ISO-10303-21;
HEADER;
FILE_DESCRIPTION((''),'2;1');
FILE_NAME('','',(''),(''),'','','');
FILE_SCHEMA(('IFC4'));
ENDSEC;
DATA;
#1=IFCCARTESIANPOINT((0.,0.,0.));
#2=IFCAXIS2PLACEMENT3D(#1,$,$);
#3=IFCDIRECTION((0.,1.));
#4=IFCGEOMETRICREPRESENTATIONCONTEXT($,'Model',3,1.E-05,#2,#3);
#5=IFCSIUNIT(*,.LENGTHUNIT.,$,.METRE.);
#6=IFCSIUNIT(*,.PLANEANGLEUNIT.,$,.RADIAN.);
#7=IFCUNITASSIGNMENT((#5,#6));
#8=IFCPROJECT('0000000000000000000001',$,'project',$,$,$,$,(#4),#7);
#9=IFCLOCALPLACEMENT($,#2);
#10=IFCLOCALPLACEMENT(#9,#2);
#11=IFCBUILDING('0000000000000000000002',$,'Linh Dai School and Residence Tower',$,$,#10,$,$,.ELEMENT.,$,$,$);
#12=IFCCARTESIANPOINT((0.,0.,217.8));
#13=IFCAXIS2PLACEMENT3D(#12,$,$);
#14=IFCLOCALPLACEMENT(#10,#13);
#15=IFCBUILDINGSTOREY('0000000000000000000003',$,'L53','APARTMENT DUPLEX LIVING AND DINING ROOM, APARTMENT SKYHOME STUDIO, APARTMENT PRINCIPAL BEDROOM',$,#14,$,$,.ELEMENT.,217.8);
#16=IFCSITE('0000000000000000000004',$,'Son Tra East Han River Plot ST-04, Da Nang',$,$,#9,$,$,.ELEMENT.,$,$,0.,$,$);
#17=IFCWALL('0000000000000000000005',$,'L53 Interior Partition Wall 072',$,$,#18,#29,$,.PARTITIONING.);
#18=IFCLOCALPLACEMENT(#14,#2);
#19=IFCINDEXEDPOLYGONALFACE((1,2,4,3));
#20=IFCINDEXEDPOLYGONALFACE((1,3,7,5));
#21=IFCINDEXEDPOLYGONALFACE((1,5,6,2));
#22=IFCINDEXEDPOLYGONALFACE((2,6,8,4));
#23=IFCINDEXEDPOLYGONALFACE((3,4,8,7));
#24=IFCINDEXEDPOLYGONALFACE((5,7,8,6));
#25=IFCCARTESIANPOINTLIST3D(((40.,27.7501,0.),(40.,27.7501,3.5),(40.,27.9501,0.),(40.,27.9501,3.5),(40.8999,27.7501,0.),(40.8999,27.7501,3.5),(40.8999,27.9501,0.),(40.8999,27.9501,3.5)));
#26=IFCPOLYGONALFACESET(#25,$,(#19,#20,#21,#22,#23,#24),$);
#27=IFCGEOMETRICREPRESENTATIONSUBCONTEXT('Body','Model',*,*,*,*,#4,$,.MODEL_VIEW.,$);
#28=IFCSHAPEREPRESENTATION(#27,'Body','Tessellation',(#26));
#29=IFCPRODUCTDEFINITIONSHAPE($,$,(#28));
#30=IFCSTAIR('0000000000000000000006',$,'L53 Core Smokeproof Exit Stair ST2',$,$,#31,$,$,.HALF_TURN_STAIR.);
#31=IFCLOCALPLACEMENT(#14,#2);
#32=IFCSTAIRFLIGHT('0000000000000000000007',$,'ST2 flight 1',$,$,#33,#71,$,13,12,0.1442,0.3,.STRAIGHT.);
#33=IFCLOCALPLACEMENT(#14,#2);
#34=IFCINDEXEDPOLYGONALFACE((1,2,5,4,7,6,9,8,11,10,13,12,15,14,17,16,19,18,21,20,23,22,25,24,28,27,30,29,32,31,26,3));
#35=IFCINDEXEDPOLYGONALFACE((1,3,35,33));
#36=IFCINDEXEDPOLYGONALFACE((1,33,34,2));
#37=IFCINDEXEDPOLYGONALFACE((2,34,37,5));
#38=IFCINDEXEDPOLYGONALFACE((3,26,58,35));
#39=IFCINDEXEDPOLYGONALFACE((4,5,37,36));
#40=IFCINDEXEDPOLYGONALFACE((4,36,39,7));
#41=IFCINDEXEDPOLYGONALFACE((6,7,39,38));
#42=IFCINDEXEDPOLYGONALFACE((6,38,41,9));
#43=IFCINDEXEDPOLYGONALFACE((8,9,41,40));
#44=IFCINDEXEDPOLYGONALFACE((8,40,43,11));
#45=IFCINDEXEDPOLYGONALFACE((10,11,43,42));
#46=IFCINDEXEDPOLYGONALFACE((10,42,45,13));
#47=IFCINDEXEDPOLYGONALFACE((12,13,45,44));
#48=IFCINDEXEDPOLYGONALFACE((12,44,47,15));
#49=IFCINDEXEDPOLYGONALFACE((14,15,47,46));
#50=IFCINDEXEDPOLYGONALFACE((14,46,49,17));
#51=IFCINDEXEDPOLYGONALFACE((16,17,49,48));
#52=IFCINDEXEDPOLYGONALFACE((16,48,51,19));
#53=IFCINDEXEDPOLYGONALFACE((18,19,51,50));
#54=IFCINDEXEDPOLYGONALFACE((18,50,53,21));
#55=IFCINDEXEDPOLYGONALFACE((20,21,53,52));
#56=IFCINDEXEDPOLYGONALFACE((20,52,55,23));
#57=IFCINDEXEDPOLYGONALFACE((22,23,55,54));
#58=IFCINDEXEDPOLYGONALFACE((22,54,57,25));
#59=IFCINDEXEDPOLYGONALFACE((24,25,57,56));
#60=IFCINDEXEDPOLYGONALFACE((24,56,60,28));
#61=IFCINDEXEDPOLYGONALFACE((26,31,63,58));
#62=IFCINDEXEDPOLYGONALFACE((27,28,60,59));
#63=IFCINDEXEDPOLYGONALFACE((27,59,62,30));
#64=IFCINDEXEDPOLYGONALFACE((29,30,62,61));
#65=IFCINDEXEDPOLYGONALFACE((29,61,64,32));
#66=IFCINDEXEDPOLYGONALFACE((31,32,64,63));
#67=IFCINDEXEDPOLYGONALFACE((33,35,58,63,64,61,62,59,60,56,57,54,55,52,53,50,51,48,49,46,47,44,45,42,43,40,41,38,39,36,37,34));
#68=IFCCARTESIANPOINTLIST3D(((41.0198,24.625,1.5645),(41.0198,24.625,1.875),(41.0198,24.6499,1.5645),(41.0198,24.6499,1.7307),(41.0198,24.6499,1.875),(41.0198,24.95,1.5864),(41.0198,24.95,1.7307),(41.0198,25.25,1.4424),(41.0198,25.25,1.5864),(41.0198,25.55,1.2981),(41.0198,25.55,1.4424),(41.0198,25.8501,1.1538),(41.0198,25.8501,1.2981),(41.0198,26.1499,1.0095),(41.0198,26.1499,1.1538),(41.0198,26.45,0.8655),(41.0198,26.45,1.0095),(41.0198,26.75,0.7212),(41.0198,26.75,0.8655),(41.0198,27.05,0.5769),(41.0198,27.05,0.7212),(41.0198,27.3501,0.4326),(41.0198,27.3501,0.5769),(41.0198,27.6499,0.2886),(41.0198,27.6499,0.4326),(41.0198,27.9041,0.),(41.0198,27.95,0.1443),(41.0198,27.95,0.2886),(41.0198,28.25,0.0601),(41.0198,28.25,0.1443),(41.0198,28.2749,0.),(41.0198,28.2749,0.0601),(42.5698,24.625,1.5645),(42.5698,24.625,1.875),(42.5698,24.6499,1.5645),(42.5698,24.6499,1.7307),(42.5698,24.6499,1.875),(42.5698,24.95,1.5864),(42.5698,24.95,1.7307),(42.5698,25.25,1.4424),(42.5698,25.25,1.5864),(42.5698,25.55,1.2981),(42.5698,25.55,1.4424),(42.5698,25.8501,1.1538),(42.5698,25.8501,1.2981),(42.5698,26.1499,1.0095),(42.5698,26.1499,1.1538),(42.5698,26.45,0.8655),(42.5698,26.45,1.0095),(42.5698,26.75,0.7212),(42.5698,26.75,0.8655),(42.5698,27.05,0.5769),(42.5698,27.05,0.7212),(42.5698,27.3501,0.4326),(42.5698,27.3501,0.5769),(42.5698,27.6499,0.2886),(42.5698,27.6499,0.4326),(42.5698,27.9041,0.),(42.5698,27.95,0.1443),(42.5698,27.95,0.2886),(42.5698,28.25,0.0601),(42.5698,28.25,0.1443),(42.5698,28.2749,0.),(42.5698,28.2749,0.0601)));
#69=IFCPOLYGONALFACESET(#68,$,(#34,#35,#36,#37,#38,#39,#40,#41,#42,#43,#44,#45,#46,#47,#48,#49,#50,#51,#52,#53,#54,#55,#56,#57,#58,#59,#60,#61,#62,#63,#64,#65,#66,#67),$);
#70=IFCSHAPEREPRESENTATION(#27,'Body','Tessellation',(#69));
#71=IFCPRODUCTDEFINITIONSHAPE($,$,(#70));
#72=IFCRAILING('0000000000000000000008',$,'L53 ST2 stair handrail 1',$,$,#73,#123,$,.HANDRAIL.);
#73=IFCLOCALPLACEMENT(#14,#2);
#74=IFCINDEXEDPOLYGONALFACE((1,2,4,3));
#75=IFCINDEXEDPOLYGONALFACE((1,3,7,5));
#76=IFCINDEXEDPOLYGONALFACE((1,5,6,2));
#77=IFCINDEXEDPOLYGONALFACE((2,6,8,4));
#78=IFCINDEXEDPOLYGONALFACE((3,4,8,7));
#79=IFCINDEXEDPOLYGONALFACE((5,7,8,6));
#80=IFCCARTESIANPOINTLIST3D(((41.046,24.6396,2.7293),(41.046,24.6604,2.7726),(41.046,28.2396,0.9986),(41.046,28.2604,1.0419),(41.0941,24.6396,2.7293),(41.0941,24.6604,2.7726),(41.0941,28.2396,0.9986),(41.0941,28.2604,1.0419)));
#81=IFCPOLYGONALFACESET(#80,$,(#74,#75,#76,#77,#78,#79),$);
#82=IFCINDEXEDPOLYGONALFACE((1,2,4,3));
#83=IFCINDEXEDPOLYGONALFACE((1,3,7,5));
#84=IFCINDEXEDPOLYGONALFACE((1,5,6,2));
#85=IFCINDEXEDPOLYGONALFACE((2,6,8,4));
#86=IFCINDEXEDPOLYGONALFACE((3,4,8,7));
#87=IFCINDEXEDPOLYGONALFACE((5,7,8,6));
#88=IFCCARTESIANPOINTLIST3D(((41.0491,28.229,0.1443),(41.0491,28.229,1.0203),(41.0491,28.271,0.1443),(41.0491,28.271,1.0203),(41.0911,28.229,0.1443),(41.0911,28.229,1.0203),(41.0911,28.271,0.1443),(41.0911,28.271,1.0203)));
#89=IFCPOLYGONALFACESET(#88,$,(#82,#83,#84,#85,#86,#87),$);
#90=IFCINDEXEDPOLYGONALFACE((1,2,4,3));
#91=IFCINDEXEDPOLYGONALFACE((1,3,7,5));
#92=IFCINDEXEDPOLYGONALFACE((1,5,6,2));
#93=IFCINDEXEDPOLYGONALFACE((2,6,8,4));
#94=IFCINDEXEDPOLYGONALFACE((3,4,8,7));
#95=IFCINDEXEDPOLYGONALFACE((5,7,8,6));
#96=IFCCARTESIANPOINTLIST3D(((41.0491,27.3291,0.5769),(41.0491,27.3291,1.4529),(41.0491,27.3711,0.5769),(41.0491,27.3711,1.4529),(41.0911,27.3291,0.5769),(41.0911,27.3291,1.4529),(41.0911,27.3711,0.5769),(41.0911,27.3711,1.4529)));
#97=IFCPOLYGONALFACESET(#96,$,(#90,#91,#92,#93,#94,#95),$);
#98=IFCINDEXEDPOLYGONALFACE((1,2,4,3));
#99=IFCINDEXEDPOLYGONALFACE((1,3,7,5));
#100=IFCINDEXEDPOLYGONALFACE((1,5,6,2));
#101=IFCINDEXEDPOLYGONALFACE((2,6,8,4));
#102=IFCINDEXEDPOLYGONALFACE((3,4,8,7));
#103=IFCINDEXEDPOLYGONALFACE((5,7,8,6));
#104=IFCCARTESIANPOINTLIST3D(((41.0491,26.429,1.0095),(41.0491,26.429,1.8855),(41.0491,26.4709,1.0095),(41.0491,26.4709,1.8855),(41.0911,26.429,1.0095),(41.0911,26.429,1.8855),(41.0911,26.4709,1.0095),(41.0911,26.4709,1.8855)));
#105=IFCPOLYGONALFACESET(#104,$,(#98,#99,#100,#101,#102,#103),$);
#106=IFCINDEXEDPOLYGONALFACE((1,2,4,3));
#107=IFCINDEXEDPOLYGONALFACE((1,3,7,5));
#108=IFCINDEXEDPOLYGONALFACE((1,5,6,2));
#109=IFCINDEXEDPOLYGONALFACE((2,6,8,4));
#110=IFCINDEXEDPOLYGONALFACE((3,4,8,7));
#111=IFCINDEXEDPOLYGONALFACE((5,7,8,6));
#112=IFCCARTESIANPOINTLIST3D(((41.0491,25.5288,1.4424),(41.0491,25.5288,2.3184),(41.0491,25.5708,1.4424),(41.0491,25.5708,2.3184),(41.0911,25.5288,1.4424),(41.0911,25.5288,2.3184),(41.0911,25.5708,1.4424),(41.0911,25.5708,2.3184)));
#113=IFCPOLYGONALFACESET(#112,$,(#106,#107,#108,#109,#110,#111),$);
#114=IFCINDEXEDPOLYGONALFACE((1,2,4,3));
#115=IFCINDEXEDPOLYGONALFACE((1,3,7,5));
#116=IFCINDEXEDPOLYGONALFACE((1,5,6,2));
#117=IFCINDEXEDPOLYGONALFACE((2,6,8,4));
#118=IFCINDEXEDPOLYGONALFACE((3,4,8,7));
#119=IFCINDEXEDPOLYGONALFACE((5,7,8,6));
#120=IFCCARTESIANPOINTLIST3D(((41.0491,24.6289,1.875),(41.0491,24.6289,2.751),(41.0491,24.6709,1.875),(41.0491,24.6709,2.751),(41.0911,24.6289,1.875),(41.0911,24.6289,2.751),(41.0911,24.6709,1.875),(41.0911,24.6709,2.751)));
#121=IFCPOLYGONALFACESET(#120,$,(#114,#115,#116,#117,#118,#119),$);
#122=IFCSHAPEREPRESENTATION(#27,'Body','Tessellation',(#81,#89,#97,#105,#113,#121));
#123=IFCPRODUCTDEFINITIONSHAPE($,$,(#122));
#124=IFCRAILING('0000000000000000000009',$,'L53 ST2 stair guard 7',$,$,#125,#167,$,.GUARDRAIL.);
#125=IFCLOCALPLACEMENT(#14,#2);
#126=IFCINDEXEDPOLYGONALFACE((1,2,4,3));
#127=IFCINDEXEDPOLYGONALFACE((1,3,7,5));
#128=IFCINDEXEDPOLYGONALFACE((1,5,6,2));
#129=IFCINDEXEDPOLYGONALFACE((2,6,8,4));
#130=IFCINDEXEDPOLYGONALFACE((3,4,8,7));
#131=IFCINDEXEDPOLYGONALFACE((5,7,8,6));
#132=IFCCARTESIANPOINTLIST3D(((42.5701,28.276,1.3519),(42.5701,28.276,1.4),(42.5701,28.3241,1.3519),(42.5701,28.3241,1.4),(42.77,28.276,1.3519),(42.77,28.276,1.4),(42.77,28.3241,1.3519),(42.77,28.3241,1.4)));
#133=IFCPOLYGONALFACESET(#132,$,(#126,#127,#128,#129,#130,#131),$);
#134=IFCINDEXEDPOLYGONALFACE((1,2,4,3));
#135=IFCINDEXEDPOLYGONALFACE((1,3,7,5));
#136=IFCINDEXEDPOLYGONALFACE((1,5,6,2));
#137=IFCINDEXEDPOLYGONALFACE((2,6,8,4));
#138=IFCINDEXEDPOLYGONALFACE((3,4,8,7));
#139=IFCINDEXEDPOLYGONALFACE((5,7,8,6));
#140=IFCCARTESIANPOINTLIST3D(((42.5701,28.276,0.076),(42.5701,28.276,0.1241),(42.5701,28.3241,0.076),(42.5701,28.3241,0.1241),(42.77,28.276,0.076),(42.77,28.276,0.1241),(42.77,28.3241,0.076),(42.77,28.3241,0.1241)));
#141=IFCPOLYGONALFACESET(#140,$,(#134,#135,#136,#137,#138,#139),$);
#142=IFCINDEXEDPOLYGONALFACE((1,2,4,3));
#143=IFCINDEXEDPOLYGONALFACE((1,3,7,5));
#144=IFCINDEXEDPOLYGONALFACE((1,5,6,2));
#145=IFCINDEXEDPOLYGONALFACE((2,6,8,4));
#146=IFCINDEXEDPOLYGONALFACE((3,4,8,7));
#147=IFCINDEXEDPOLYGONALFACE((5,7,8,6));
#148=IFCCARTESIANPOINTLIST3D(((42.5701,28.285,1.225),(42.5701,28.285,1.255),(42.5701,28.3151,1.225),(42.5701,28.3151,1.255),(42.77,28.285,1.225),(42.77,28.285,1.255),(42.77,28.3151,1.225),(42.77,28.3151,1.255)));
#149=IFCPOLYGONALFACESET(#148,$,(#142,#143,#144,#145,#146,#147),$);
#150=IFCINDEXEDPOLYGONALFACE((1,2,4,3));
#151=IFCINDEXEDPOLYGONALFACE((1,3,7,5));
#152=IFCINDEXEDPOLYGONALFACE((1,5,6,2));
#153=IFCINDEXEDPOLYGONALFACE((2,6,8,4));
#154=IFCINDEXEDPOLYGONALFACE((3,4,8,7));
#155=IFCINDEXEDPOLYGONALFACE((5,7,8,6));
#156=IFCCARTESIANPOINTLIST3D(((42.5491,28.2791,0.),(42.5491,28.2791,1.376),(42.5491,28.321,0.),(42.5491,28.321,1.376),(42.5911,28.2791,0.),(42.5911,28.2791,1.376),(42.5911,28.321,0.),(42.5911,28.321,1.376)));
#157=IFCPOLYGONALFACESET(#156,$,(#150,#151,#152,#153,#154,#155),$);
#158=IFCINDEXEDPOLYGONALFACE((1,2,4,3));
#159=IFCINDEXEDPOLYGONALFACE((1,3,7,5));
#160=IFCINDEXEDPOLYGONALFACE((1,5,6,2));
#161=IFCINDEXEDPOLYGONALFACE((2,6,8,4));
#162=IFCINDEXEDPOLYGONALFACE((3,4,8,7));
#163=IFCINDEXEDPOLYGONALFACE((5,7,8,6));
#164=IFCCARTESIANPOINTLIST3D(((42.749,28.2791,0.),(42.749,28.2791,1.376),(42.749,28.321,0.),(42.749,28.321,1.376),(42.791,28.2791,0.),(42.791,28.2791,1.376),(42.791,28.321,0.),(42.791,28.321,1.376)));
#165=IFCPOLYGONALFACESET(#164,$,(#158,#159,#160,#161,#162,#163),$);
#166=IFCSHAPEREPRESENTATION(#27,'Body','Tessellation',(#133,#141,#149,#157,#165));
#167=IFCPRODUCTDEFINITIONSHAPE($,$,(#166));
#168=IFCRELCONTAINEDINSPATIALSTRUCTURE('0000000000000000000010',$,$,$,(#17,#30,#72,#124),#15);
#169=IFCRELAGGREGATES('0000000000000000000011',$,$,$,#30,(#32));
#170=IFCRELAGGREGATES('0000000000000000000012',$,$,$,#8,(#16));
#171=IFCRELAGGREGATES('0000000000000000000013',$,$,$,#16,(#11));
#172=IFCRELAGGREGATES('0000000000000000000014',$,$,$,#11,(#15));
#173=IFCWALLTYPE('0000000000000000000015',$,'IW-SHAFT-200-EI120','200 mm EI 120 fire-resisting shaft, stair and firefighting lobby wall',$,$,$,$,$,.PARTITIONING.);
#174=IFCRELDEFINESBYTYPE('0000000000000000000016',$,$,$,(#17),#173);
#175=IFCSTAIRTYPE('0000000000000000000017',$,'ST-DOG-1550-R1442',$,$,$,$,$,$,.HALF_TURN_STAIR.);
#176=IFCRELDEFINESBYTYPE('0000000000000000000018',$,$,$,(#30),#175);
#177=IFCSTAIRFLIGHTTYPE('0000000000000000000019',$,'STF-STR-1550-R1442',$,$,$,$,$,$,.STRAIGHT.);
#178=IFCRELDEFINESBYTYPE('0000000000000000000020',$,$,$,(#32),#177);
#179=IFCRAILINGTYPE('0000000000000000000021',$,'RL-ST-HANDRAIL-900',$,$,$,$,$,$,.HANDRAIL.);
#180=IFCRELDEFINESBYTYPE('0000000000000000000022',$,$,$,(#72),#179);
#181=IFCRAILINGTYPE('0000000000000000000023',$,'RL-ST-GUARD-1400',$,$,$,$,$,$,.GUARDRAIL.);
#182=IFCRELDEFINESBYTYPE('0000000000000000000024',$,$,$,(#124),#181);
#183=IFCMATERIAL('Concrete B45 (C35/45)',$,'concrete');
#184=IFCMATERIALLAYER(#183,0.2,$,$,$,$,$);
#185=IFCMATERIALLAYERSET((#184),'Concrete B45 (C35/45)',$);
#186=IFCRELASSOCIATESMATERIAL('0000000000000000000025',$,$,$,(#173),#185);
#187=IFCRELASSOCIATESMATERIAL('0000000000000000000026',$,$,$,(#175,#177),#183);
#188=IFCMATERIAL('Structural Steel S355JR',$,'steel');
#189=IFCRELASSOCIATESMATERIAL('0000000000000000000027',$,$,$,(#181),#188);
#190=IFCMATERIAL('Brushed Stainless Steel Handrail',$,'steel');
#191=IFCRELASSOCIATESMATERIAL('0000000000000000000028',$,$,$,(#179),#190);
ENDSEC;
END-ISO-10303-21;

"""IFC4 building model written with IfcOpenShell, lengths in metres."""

from ifc_helpers import new_model, si_unit, direction, frame, frame_2d, origin, origin_2d, place, context, subcontext, project, spatial, polyline, rectangle, outline, extrude, source, transform, mapped, material, layer, layer_set, type_object, element, aggregate, save


model = new_model("IFC4")

# Units and contexts
model_context = context("Model", 3, precision=1e-05, world=origin(), true_north=direction((0.0, 1.0)))
body_context = subcontext(model_context, "Body", "Model", "MODEL_VIEW")
ifc_project = project(units=[si_unit("LENGTHUNIT", "METRE"), si_unit("PLANEANGLEUNIT", "RADIAN")], contexts=[model_context])

# Site, building, storey
site_placement = place(None, origin())
site = spatial("IfcSite", under=ifc_project, at=site_placement, Name="Son Tra East Han River Plot ST-04, Da Nang", CompositionType="ELEMENT", RefElevation=0.0)
building_placement = place(site_placement, origin())
building = spatial("IfcBuilding", under=site, at=building_placement, Name="Linh Dai School and Residence Tower", CompositionType="ELEMENT")
storey_placement = place(building_placement, frame((0.0, 0.0, 217.8)))
storey = spatial("IfcBuildingStorey", under=building, at=storey_placement, Name="L53", Description="APARTMENT DUPLEX LIVING AND DINING ROOM, APARTMENT SKYHOME STUDIO, APARTMENT PRINCIPAL BEDROOM", CompositionType="ELEMENT", Elevation=217.8)

# Shared definitions
ifc_material_1 = material(Name="Structural Steel S355JR", Category="steel")

# Shared definitions
ifc_material_2 = material(Name="Concrete B45 (C35/45)", Category="concrete")
ifc_layer = layer(ifc_material_2, 0.2)
ifc_layer_set = layer_set([ifc_layer], Name="Concrete B45 (C35/45)")
wall_type = type_object("IfcWallType", Name="IW-SHAFT-200-EI120", Description="200 mm EI 120 fire-resisting shaft, stair and firefighting lobby wall", PredefinedType="PARTITIONING", material=ifc_layer_set)

# Wall
wall_1_placement = place(storey_placement, frame((40.0, 27.8501, 0.0), z_axis=(0.0, 0.0, 1.0), x_axis=(1.0, 0.0, 0.0)))
element("IfcWall", 1, at=wall_1_placement, inside=storey, type_object=wall_type, Name="L53 Interior Partition Wall 072", PredefinedType="PARTITIONING", context=body_context, shape_type="SweptSolid", body=[
    extrude(rectangle(XDim=0.8999, YDim=0.2, at=frame_2d((0.45, 0.0))), origin(), (0.0, 0.0, 1.0), 3.5),
])

# Stair, stair flight
stair_type = type_object("IfcStairType", Name="ST-DOG-1550-R1442", PredefinedType="HALF_TURN_STAIR", material=ifc_material_2)
stair_placement = place(storey_placement, origin())
stair = element("IfcStair", 2, at=stair_placement, inside=storey, type_object=stair_type, Name="L53 Core Smokeproof Exit Stair ST2", PredefinedType="HALF_TURN_STAIR")
stair_flight_type = type_object("IfcStairFlightType", Name="STF-STR-1550-R1442", PredefinedType="STRAIGHT", material=ifc_material_2)
shared_shape_1 = source(origin(), body_context, "Body", "SweptSolid", [
    extrude(outline(polyline([(-0.0249, 0.0), (-0.0249, 0.0601), (0.0, 0.0601), (0.0, 0.1443), (0.3, 0.1443), (0.3, 0.2886), (0.6001, 0.2886), (0.6001, 0.4326), (0.8999, 0.4326), (0.8999, 0.5769), (1.2, 0.5769), (1.2, 0.7212), (1.5, 0.7212), (1.5, 0.8655), (1.8, 0.8655), (1.8, 1.0095), (2.1001, 1.0095), (2.1001, 1.1538), (2.3999, 1.1538), (2.3999, 1.2981), (2.7, 1.2981), (2.7, 1.4424), (3.0, 1.4424), (3.0, 1.5864), (3.3, 1.5864), (3.3, 1.7307), (3.6001, 1.7307), (3.6001, 1.875), (3.625, 1.875), (3.625, 1.5645), (3.6001, 1.5645), (0.3459, 0.0), (-0.0249, 0.0)])), frame((0.0, 0.7749, 0.0), z_axis=(0.0, -1.0, 0.0), x_axis=(1.0, 0.0, 0.0)), (0.0, 0.0, 1.0), 1.55),
])
stair_flight_placement = place(storey_placement, frame((41.7949, 28.25, 0.0), z_axis=(0.0, 0.0, 1.0), x_axis=(0.0, -1.0, 0.0)))
stair_flight = element("IfcStairFlight", 3, at=stair_flight_placement, type_object=stair_flight_type, Name="ST2 flight 1", NumberOfRisers=13, NumberOfTreads=12, PredefinedType="STRAIGHT", RiserHeight=0.1442, TreadLength=0.3, context=body_context, shape_type="MappedRepresentation", body=[
    mapped(shared_shape_1, transform((0.0, 0.0, 0.0), x_axis=(1.0, 0.0, 0.0), y_axis=(0.0, 1.0, 0.0), z_axis=(0.0, 0.0, 1.0), scale=1.0)),
])
aggregate(stair, [stair_flight])

# Railings
railing_type_1 = type_object("IfcRailingType", Name="RL-ST-GUARD-1400", PredefinedType="GUARDRAIL", material=ifc_material_1)
ifc_material_3 = material(Name="Brushed Stainless Steel Handrail", Category="steel")
railing_type_2 = type_object("IfcRailingType", Name="RL-ST-HANDRAIL-900", PredefinedType="HANDRAIL", material=ifc_material_3)
shared_shape_2 = source(origin(), body_context, "Body", "SweptSolid", [
    extrude(rectangle(XDim=0.0481, YDim=0.0481, at=origin_2d()), frame((0.0, 0.0, 0.876), z_axis=(0.0, -0.901263, 0.433273), x_axis=(1.0, 0.0, 0.0)), (0.0, 0.0, 1.0), 3.9944),
    extrude(rectangle(XDim=0.042, YDim=0.042, at=origin_2d()), origin(), (0.0, 0.0, 1.0), 0.876),
    extrude(rectangle(XDim=0.042, YDim=0.042, at=origin_2d()), frame((0.0, -0.8999, 0.4326)), (0.0, 0.0, 1.0), 0.876),
    extrude(rectangle(XDim=0.042, YDim=0.042, at=origin_2d()), frame((0.0, -1.8, 0.8652)), (0.0, 0.0, 1.0), 0.876),
    extrude(rectangle(XDim=0.042, YDim=0.042, at=origin_2d()), frame((0.0, -2.7002, 1.2981)), (0.0, 0.0, 1.0), 0.876),
    extrude(rectangle(XDim=0.042, YDim=0.042, at=origin_2d()), frame((0.0, -3.6001, 1.7307)), (0.0, 0.0, 1.0), 0.876),
])
railing_1_placement = place(storey_placement, frame((41.0701, 28.25, 0.1443)))
element("IfcRailing", 4, at=railing_1_placement, inside=storey, type_object=railing_type_2, Name="L53 ST2 stair handrail 1", PredefinedType="HANDRAIL", context=body_context, shape_type="MappedRepresentation", body=[
    mapped(shared_shape_2, transform((0.0, 0.0, 0.0), x_axis=(1.0, 0.0, 0.0), y_axis=(0.0, 1.0, 0.0), z_axis=(0.0, 0.0, 1.0), scale=1.0)),
])
shared_shape_3 = source(origin(), body_context, "Body", "SweptSolid", [
    extrude(rectangle(XDim=0.0481, YDim=0.0481, at=origin_2d()), frame((0.0, 0.0, 1.376), z_axis=(1.0, 0.0, 0.0), x_axis=(0.0, 1.0, 0.0)), (0.0, 0.0, 1.0), 0.2),
    extrude(rectangle(XDim=0.0481, YDim=0.0481, at=origin_2d()), frame((0.0, 0.0, 0.1001), z_axis=(1.0, 0.0, 0.0), x_axis=(0.0, 1.0, 0.0)), (0.0, 0.0, 1.0), 0.2),
    extrude(rectangle(XDim=0.03, YDim=0.03, at=origin_2d()), frame((0.0, 0.0, 1.24), z_axis=(1.0, 0.0, 0.0), x_axis=(0.0, 1.0, 0.0)), (0.0, 0.0, 1.0), 0.2),
    extrude(rectangle(XDim=0.042, YDim=0.042, at=origin_2d()), origin(), (0.0, 0.0, 1.0), 1.376),
    extrude(rectangle(XDim=0.042, YDim=0.042, at=origin_2d()), frame((0.2, 0.0, 0.0)), (0.0, 0.0, 1.0), 1.376),
])
railing_2_placement = place(storey_placement, frame((42.5701, 28.3, 0.0)))
element("IfcRailing", 5, at=railing_2_placement, inside=storey, type_object=railing_type_1, Name="L53 ST2 stair guard 7", PredefinedType="GUARDRAIL", context=body_context, shape_type="MappedRepresentation", body=[
    mapped(shared_shape_3, transform((0.0, 0.0, 0.0), x_axis=(1.0, 0.0, 0.0), y_axis=(0.0, 1.0, 0.0), z_axis=(0.0, 0.0, 1.0), scale=1.0)),
])

save(model, "model.ifc")
